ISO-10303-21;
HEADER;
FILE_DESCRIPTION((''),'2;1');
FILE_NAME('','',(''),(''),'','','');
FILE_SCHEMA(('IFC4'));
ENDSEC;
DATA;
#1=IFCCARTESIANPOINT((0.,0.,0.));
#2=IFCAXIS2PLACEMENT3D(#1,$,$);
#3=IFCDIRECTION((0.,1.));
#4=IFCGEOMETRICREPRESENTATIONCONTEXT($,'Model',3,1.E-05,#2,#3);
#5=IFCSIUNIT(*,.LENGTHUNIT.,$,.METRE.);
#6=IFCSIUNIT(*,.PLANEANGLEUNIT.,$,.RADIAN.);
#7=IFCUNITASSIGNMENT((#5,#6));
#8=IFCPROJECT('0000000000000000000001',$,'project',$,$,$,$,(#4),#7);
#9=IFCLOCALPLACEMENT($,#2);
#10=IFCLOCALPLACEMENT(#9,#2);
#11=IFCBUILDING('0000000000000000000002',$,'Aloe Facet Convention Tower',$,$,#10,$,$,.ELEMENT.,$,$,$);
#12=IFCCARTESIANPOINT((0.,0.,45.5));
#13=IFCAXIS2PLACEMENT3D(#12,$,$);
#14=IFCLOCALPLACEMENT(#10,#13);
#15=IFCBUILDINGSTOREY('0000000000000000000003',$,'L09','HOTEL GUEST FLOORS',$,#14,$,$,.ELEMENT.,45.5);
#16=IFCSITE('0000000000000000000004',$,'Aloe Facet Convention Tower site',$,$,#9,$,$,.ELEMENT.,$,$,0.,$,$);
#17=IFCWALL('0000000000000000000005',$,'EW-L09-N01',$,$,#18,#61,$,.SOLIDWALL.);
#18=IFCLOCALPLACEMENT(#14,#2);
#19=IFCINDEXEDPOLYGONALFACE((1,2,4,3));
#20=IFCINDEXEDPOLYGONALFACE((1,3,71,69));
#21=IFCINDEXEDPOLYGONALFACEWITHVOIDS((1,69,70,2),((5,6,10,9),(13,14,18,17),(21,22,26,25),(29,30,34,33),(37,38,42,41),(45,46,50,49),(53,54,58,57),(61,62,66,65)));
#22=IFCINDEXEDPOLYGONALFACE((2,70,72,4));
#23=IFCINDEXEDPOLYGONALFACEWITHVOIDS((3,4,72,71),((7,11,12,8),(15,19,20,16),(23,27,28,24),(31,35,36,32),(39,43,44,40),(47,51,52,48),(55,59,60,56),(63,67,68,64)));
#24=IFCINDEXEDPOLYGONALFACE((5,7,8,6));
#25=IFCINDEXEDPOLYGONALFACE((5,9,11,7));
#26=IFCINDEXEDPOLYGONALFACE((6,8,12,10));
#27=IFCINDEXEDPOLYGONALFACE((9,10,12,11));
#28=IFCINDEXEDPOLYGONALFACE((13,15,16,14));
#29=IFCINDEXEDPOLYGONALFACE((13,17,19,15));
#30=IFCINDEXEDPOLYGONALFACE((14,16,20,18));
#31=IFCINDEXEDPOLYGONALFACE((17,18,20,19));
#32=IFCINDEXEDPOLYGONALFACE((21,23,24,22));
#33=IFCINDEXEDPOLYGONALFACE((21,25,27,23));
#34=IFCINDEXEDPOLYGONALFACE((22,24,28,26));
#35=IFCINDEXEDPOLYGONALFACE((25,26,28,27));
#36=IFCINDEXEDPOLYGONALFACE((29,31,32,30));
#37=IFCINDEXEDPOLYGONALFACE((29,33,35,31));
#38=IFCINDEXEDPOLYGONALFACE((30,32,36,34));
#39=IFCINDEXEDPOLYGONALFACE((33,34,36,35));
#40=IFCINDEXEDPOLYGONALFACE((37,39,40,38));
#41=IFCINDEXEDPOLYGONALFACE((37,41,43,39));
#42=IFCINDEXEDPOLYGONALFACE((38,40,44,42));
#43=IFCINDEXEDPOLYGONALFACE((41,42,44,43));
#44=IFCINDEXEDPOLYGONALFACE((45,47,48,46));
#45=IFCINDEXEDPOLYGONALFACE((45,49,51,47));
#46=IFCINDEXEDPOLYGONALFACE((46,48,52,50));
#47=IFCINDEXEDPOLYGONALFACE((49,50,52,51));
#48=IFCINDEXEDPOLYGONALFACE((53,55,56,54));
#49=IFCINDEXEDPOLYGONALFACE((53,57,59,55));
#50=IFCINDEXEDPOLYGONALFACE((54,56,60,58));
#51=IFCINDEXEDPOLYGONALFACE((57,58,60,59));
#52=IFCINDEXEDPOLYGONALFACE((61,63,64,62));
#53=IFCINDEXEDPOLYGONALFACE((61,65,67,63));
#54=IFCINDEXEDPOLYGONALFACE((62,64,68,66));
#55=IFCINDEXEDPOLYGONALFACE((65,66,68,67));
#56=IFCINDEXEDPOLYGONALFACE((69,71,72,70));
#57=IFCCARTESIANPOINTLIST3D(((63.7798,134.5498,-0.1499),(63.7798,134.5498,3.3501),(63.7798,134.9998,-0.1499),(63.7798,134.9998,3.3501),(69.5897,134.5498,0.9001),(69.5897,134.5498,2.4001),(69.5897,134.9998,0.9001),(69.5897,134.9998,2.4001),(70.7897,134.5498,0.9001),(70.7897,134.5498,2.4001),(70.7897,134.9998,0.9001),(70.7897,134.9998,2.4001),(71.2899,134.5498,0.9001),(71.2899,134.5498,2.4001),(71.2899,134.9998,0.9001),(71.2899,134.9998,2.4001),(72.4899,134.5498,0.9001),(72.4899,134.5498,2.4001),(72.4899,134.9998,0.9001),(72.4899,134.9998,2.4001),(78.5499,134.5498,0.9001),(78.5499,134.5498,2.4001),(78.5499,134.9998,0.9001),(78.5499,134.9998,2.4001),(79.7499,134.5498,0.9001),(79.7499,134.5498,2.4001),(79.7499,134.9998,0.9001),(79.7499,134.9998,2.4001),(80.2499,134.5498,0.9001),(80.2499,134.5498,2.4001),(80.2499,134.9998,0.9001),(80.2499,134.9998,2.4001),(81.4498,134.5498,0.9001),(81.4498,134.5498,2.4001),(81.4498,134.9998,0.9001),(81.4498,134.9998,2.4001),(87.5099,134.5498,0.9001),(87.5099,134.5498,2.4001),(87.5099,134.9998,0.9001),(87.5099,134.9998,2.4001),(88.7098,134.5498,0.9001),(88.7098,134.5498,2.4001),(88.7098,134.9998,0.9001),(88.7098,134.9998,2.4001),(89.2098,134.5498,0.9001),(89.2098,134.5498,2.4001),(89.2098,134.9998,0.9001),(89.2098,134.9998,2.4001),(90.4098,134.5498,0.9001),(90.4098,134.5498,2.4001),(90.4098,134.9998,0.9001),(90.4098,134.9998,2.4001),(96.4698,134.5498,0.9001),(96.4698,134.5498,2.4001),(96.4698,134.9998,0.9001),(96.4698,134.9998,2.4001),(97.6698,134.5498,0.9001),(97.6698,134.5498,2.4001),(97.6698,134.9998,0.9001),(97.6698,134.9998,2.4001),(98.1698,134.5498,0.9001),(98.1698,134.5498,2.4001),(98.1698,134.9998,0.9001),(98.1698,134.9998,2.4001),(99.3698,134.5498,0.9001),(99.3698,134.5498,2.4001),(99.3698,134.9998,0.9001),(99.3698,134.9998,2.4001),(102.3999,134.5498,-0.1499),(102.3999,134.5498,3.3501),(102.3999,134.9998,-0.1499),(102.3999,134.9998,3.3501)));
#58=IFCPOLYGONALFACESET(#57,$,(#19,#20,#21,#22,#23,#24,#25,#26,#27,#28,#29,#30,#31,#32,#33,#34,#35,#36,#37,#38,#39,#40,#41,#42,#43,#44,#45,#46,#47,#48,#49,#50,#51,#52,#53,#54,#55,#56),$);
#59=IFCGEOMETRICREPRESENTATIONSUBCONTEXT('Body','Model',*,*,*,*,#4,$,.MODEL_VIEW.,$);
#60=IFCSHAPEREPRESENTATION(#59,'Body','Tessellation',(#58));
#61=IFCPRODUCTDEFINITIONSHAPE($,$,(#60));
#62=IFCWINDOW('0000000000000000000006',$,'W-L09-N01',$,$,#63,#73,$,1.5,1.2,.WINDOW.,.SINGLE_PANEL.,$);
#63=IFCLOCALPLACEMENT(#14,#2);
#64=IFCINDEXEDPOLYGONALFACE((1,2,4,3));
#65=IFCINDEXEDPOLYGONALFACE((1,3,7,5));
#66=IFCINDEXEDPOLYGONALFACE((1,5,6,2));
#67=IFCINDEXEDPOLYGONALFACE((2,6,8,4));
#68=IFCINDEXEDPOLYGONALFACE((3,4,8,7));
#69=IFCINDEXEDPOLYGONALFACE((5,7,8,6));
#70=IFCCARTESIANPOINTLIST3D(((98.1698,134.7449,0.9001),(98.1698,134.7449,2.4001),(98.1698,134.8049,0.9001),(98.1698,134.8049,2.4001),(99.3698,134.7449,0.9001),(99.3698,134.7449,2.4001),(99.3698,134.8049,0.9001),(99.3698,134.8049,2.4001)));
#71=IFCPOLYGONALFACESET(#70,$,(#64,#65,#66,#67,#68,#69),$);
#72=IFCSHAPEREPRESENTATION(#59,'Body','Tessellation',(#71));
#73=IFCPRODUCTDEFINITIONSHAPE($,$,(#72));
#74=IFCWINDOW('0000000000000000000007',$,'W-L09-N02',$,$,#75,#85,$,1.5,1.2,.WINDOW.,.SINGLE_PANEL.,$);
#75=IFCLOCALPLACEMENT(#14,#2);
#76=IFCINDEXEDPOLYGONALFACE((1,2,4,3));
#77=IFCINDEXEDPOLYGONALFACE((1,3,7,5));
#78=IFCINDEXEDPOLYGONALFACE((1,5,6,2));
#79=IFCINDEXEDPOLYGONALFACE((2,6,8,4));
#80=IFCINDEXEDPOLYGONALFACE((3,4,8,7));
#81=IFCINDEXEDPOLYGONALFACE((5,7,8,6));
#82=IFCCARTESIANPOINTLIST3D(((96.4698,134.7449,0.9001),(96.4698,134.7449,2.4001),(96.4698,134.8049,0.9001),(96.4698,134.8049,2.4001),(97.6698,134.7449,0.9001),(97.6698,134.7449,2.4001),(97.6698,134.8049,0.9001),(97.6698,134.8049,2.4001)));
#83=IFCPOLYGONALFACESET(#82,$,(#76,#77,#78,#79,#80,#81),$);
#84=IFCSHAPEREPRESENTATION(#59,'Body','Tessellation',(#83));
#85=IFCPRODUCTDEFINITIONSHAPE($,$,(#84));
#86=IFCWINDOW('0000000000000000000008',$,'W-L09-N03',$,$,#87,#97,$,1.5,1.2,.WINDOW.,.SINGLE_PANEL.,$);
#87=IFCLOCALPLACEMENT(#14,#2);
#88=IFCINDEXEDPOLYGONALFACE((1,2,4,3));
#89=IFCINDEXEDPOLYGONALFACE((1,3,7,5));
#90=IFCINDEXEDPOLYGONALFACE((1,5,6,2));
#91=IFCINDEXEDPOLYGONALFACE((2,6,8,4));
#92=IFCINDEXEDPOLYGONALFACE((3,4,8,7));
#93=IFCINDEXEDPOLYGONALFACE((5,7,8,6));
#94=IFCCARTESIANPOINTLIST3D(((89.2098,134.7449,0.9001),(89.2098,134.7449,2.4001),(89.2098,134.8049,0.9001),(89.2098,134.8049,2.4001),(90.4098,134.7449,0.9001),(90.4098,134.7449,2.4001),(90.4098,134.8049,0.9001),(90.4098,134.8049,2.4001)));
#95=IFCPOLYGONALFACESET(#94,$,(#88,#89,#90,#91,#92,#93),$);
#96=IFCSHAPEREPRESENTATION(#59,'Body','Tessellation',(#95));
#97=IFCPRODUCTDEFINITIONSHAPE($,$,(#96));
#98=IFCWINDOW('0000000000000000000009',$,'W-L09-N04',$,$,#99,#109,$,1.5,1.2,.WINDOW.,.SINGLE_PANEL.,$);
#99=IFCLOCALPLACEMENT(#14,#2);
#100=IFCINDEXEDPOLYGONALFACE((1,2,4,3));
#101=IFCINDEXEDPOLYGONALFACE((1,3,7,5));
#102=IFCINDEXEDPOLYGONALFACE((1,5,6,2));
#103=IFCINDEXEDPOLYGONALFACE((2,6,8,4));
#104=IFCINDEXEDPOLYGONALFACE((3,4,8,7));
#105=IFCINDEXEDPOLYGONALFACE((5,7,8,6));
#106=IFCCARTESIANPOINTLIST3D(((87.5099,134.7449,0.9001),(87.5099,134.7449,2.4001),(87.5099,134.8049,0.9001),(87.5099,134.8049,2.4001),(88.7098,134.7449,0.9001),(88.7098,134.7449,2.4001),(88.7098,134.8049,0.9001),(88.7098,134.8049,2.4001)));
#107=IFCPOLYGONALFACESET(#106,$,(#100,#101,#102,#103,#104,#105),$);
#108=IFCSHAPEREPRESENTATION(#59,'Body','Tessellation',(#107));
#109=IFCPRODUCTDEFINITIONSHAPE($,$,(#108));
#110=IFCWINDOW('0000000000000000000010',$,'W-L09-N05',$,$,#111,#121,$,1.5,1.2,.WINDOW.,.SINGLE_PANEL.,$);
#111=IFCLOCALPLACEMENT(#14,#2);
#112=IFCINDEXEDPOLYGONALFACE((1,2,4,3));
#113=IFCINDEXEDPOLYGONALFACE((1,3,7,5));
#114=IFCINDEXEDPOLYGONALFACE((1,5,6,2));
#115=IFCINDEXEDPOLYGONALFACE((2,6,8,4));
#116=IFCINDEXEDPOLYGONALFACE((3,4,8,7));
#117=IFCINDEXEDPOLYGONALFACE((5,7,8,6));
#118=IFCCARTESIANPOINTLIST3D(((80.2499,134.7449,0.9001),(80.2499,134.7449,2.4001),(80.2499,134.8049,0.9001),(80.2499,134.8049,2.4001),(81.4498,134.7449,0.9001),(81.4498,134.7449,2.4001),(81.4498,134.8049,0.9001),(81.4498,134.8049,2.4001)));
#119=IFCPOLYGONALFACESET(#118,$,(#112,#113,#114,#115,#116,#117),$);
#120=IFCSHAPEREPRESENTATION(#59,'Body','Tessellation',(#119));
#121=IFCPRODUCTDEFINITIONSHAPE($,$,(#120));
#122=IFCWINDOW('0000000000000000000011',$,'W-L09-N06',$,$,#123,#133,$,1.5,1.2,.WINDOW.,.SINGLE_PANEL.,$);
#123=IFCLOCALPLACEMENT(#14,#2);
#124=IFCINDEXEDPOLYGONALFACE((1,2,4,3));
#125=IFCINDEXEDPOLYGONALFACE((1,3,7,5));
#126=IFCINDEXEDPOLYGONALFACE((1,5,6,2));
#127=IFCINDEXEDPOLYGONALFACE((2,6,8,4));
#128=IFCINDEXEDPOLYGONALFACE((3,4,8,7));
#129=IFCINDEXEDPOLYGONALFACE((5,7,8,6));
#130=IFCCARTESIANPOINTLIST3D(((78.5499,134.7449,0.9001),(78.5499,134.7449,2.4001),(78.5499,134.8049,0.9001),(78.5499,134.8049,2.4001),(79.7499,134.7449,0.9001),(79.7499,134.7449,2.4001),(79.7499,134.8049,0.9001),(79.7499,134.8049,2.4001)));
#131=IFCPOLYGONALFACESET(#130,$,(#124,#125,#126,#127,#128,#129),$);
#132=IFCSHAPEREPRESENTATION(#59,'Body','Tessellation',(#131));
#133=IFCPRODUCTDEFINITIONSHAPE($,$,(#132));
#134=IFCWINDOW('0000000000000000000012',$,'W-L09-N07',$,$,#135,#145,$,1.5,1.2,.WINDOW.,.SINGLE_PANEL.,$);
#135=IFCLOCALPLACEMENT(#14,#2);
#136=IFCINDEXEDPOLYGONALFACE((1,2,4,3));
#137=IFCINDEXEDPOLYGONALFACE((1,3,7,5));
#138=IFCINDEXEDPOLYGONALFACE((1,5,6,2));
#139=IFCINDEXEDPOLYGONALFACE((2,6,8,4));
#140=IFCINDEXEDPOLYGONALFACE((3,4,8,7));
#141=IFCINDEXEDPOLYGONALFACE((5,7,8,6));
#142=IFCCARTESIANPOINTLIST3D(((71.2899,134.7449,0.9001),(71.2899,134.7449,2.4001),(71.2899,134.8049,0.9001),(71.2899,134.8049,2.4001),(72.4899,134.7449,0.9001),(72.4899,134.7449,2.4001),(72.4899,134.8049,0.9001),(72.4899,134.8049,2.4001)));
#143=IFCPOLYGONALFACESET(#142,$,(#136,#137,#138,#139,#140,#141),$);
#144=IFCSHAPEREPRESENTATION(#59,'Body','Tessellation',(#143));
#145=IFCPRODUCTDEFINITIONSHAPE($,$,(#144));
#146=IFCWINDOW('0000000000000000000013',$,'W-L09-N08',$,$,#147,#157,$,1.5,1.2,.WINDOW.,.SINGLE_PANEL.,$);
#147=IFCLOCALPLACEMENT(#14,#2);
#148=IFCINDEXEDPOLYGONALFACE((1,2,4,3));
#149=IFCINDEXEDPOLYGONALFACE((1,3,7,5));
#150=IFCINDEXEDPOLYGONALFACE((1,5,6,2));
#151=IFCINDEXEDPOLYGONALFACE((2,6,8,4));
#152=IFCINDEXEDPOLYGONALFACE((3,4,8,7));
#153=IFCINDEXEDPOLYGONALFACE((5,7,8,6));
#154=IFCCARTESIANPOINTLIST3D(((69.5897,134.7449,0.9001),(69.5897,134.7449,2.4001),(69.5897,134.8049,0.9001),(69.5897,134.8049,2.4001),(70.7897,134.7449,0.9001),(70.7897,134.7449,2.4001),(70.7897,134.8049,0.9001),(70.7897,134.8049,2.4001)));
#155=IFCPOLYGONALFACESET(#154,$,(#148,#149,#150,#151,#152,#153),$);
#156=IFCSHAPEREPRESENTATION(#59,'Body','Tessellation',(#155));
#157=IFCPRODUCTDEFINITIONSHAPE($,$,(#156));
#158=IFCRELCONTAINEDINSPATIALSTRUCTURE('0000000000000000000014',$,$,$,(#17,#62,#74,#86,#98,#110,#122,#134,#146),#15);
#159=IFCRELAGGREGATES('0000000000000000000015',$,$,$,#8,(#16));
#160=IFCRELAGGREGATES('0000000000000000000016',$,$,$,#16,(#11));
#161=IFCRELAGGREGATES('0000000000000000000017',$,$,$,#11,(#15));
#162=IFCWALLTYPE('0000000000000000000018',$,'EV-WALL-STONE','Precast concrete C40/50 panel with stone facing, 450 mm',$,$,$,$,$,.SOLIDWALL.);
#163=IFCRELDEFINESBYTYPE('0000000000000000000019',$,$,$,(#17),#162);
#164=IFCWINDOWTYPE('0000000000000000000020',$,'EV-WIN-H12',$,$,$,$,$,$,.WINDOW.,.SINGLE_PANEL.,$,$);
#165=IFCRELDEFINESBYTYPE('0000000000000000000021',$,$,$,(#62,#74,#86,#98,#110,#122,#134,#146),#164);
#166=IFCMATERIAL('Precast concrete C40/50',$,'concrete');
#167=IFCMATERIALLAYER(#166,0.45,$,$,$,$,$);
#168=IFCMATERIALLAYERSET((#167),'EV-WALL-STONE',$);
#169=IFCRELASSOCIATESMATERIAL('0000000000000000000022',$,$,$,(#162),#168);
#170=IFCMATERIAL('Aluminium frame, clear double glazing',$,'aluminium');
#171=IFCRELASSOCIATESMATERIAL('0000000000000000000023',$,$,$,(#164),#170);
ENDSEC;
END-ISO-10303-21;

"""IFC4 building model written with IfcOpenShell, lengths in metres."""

from ifc_helpers import new_model, si_unit, direction, frame, frame_2d, origin, place, context, subcontext, project, spatial, polyline, rectangle, outline, extrude, material, layer, layer_set, type_object, element, fill, save


model = new_model("IFC4")

# Units and contexts
model_context = context("Model", 3, precision=1e-05, world=origin(), true_north=direction((0.0, 1.0)))
body_context = subcontext(model_context, "Body", "Model", "MODEL_VIEW")
ifc_project = project(units=[si_unit("LENGTHUNIT", "METRE"), si_unit("PLANEANGLEUNIT", "RADIAN")], contexts=[model_context])

# Site, building, storey
site_placement = place(None, origin())
site = spatial("IfcSite", under=ifc_project, at=site_placement, Name="Aloe Facet Convention Tower site", CompositionType="ELEMENT", RefElevation=0.0)
building_placement = place(site_placement, origin())
building = spatial("IfcBuilding", under=site, at=building_placement, Name="Aloe Facet Convention Tower", CompositionType="ELEMENT")
storey_placement = place(building_placement, frame((0.0, 0.0, 45.5)))
storey = spatial("IfcBuildingStorey", under=building, at=storey_placement, Name="L09", Description="HOTEL GUEST FLOORS", CompositionType="ELEMENT", Elevation=45.5)

# Wall, openings, windows
ifc_material_1 = material(Name="Precast concrete C40/50", Category="concrete")
ifc_layer_1 = layer(ifc_material_1, 0.45)
ifc_layer_set_1 = layer_set([ifc_layer_1], Name="EV-WALL-STONE")
wall_type_1 = type_object("IfcWallType", Name="EV-WALL-STONE", Description="Precast concrete C40/50 panel with stone facing, 450 mm", PredefinedType="SOLIDWALL", material=ifc_layer_set_1)
wall_1_placement = place(storey_placement, frame((102.3999, 134.7749, -0.1499), z_axis=(0.0, 0.0, 1.0), x_axis=(-1.0, 0.0, 0.0)))
wall_1 = element("IfcWall", 1, at=wall_1_placement, inside=storey, type_object=wall_type_1, Name="EW-L09-N01", PredefinedType="SOLIDWALL", context=body_context, shape_type="SweptSolid", body=[
    extrude(outline(polyline([(0.0, 0.0), (0.0, 3.5), (38.6201, 3.5), (38.6201, 0.0), (0.0, 0.0)])), frame((0.0, 0.2251, 0.0), z_axis=(0.0, -1.0, 0.0), x_axis=(1.0, 0.0, 0.0)), (0.0, 0.0, 1.0), 0.45),
])
opening_1_placement = place(wall_1_placement, frame((3.03, 0.0, 1.05)))
opening_1 = element("IfcOpeningElement", 2, at=opening_1_placement, cuts=wall_1, PredefinedType="OPENING", context=body_context, shape_type="SweptSolid", body=[
    extrude(rectangle(XDim=1.2, YDim=1.5, at=frame_2d((0.6001, 0.75))), frame((0.0, 0.2349, 0.0), z_axis=(0.0, -1.0, 0.0), x_axis=(1.0, 0.0, 0.0)), (0.0, 0.0, 1.0), 0.47),
])
opening_2_placement = place(wall_1_placement, frame((4.73, 0.0, 1.05)))
opening_2 = element("IfcOpeningElement", 3, at=opening_2_placement, cuts=wall_1, PredefinedType="OPENING", context=body_context, shape_type="SweptSolid", body=[
    extrude(rectangle(XDim=1.2, YDim=1.5, at=frame_2d((0.6001, 0.75))), frame((0.0, 0.2349, 0.0), z_axis=(0.0, -1.0, 0.0), x_axis=(1.0, 0.0, 0.0)), (0.0, 0.0, 1.0), 0.47),
])
opening_3_placement = place(wall_1_placement, frame((11.99, 0.0, 1.05)))
opening_3 = element("IfcOpeningElement", 4, at=opening_3_placement, cuts=wall_1, PredefinedType="OPENING", context=body_context, shape_type="SweptSolid", body=[
    extrude(rectangle(XDim=1.2, YDim=1.5, at=frame_2d((0.6001, 0.75))), frame((0.0, 0.2349, 0.0), z_axis=(0.0, -1.0, 0.0), x_axis=(1.0, 0.0, 0.0)), (0.0, 0.0, 1.0), 0.47),
])
opening_4_placement = place(wall_1_placement, frame((13.6899, 0.0, 1.05)))
opening_4 = element("IfcOpeningElement", 5, at=opening_4_placement, cuts=wall_1, PredefinedType="OPENING", context=body_context, shape_type="SweptSolid", body=[
    extrude(rectangle(XDim=1.2, YDim=1.5, at=frame_2d((0.6001, 0.75))), frame((0.0, 0.2349, 0.0), z_axis=(0.0, -1.0, 0.0), x_axis=(1.0, 0.0, 0.0)), (0.0, 0.0, 1.0), 0.47),
])
opening_5_placement = place(wall_1_placement, frame((20.95, 0.0, 1.05)))
opening_5 = element("IfcOpeningElement", 6, at=opening_5_placement, cuts=wall_1, PredefinedType="OPENING", context=body_context, shape_type="SweptSolid", body=[
    extrude(rectangle(XDim=1.2, YDim=1.5, at=frame_2d((0.6001, 0.75))), frame((0.0, 0.2349, 0.0), z_axis=(0.0, -1.0, 0.0), x_axis=(1.0, 0.0, 0.0)), (0.0, 0.0, 1.0), 0.47),
])
opening_6_placement = place(wall_1_placement, frame((22.6499, 0.0, 1.05)))
opening_6 = element("IfcOpeningElement", 7, at=opening_6_placement, cuts=wall_1, PredefinedType="OPENING", context=body_context, shape_type="SweptSolid", body=[
    extrude(rectangle(XDim=1.2, YDim=1.5, at=frame_2d((0.6001, 0.75))), frame((0.0, 0.2349, 0.0), z_axis=(0.0, -1.0, 0.0), x_axis=(1.0, 0.0, 0.0)), (0.0, 0.0, 1.0), 0.47),
])
opening_7_placement = place(wall_1_placement, frame((29.9099, 0.0, 1.05)))
opening_7 = element("IfcOpeningElement", 8, at=opening_7_placement, cuts=wall_1, PredefinedType="OPENING", context=body_context, shape_type="SweptSolid", body=[
    extrude(rectangle(XDim=1.2, YDim=1.5, at=frame_2d((0.6001, 0.75))), frame((0.0, 0.2349, 0.0), z_axis=(0.0, -1.0, 0.0), x_axis=(1.0, 0.0, 0.0)), (0.0, 0.0, 1.0), 0.47),
])
opening_8_placement = place(wall_1_placement, frame((31.6101, 0.0, 1.05)))
opening_8 = element("IfcOpeningElement", 9, at=opening_8_placement, cuts=wall_1, PredefinedType="OPENING", context=body_context, shape_type="SweptSolid", body=[
    extrude(rectangle(XDim=1.2, YDim=1.5, at=frame_2d((0.6001, 0.75))), frame((0.0, 0.2349, 0.0), z_axis=(0.0, -1.0, 0.0), x_axis=(1.0, 0.0, 0.0)), (0.0, 0.0, 1.0), 0.47),
])
ifc_material_2 = material(Name="Aluminium frame, clear double glazing", Category="aluminium")
window_type = type_object("IfcWindowType", Name="EV-WIN-H12", PartitioningType="SINGLE_PANEL", PredefinedType="WINDOW", material=ifc_material_2)
window_1_placement = place(opening_1_placement, origin())
window_1 = element("IfcWindow", 10, at=window_1_placement, inside=storey, type_object=window_type, Name="W-L09-N01", OverallHeight=1.5, OverallWidth=1.2, PartitioningType="SINGLE_PANEL", PredefinedType="WINDOW", context=body_context, shape_type="SweptSolid", body=[
    extrude(rectangle(XDim=1.2, YDim=1.5, at=frame_2d((0.6001, 0.75))), frame((0.0, 0.03, 0.0), z_axis=(0.0, -1.0, 0.0), x_axis=(1.0, 0.0, 0.0)), (0.0, 0.0, 1.0), 0.0601),
])
fill(opening_1, window_1)
window_2_placement = place(opening_2_placement, origin())
window_2 = element("IfcWindow", 11, at=window_2_placement, inside=storey, type_object=window_type, Name="W-L09-N02", OverallHeight=1.5, OverallWidth=1.2, PartitioningType="SINGLE_PANEL", PredefinedType="WINDOW", context=body_context, shape_type="SweptSolid", body=[
    extrude(rectangle(XDim=1.2, YDim=1.5, at=frame_2d((0.6001, 0.75))), frame((0.0, 0.03, 0.0), z_axis=(0.0, -1.0, 0.0), x_axis=(1.0, 0.0, 0.0)), (0.0, 0.0, 1.0), 0.0601),
])
fill(opening_2, window_2)
window_3_placement = place(opening_3_placement, origin())
window_3 = element("IfcWindow", 12, at=window_3_placement, inside=storey, type_object=window_type, Name="W-L09-N03", OverallHeight=1.5, OverallWidth=1.2, PartitioningType="SINGLE_PANEL", PredefinedType="WINDOW", context=body_context, shape_type="SweptSolid", body=[
    extrude(rectangle(XDim=1.2, YDim=1.5, at=frame_2d((0.6001, 0.75))), frame((0.0, 0.03, 0.0), z_axis=(0.0, -1.0, 0.0), x_axis=(1.0, 0.0, 0.0)), (0.0, 0.0, 1.0), 0.0601),
])
fill(opening_3, window_3)
window_4_placement = place(opening_4_placement, origin())
window_4 = element("IfcWindow", 13, at=window_4_placement, inside=storey, type_object=window_type, Name="W-L09-N04", OverallHeight=1.5, OverallWidth=1.2, PartitioningType="SINGLE_PANEL", PredefinedType="WINDOW", context=body_context, shape_type="SweptSolid", body=[
    extrude(rectangle(XDim=1.2, YDim=1.5, at=frame_2d((0.6001, 0.75))), frame((0.0, 0.03, 0.0), z_axis=(0.0, -1.0, 0.0), x_axis=(1.0, 0.0, 0.0)), (0.0, 0.0, 1.0), 0.0601),
])
fill(opening_4, window_4)
window_5_placement = place(opening_5_placement, origin())
window_5 = element("IfcWindow", 14, at=window_5_placement, inside=storey, type_object=window_type, Name="W-L09-N05", OverallHeight=1.5, OverallWidth=1.2, PartitioningType="SINGLE_PANEL", PredefinedType="WINDOW", context=body_context, shape_type="SweptSolid", body=[
    extrude(rectangle(XDim=1.2, YDim=1.5, at=frame_2d((0.6001, 0.75))), frame((0.0, 0.03, 0.0), z_axis=(0.0, -1.0, 0.0), x_axis=(1.0, 0.0, 0.0)), (0.0, 0.0, 1.0), 0.0601),
])
fill(opening_5, window_5)
window_6_placement = place(opening_6_placement, origin())
window_6 = element("IfcWindow", 15, at=window_6_placement, inside=storey, type_object=window_type, Name="W-L09-N06", OverallHeight=1.5, OverallWidth=1.2, PartitioningType="SINGLE_PANEL", PredefinedType="WINDOW", context=body_context, shape_type="SweptSolid", body=[
    extrude(rectangle(XDim=1.2, YDim=1.5, at=frame_2d((0.6001, 0.75))), frame((0.0, 0.03, 0.0), z_axis=(0.0, -1.0, 0.0), x_axis=(1.0, 0.0, 0.0)), (0.0, 0.0, 1.0), 0.0601),
])
fill(opening_6, window_6)
window_7_placement = place(opening_7_placement, origin())
window_7 = element("IfcWindow", 16, at=window_7_placement, inside=storey, type_object=window_type, Name="W-L09-N07", OverallHeight=1.5, OverallWidth=1.2, PartitioningType="SINGLE_PANEL", PredefinedType="WINDOW", context=body_context, shape_type="SweptSolid", body=[
    extrude(rectangle(XDim=1.2, YDim=1.5, at=frame_2d((0.6001, 0.75))), frame((0.0, 0.03, 0.0), z_axis=(0.0, -1.0, 0.0), x_axis=(1.0, 0.0, 0.0)), (0.0, 0.0, 1.0), 0.0601),
])
fill(opening_7, window_7)
window_8_placement = place(opening_8_placement, origin())
window_8 = element("IfcWindow", 17, at=window_8_placement, inside=storey, type_object=window_type, Name="W-L09-N08", OverallHeight=1.5, OverallWidth=1.2, PartitioningType="SINGLE_PANEL", PredefinedType="WINDOW", context=body_context, shape_type="SweptSolid", body=[
    extrude(rectangle(XDim=1.2, YDim=1.5, at=frame_2d((0.6001, 0.75))), frame((0.0, 0.03, 0.0), z_axis=(0.0, -1.0, 0.0), x_axis=(1.0, 0.0, 0.0)), (0.0, 0.0, 1.0), 0.0601),
])
fill(opening_8, window_8)

save(model, "model.ifc")
